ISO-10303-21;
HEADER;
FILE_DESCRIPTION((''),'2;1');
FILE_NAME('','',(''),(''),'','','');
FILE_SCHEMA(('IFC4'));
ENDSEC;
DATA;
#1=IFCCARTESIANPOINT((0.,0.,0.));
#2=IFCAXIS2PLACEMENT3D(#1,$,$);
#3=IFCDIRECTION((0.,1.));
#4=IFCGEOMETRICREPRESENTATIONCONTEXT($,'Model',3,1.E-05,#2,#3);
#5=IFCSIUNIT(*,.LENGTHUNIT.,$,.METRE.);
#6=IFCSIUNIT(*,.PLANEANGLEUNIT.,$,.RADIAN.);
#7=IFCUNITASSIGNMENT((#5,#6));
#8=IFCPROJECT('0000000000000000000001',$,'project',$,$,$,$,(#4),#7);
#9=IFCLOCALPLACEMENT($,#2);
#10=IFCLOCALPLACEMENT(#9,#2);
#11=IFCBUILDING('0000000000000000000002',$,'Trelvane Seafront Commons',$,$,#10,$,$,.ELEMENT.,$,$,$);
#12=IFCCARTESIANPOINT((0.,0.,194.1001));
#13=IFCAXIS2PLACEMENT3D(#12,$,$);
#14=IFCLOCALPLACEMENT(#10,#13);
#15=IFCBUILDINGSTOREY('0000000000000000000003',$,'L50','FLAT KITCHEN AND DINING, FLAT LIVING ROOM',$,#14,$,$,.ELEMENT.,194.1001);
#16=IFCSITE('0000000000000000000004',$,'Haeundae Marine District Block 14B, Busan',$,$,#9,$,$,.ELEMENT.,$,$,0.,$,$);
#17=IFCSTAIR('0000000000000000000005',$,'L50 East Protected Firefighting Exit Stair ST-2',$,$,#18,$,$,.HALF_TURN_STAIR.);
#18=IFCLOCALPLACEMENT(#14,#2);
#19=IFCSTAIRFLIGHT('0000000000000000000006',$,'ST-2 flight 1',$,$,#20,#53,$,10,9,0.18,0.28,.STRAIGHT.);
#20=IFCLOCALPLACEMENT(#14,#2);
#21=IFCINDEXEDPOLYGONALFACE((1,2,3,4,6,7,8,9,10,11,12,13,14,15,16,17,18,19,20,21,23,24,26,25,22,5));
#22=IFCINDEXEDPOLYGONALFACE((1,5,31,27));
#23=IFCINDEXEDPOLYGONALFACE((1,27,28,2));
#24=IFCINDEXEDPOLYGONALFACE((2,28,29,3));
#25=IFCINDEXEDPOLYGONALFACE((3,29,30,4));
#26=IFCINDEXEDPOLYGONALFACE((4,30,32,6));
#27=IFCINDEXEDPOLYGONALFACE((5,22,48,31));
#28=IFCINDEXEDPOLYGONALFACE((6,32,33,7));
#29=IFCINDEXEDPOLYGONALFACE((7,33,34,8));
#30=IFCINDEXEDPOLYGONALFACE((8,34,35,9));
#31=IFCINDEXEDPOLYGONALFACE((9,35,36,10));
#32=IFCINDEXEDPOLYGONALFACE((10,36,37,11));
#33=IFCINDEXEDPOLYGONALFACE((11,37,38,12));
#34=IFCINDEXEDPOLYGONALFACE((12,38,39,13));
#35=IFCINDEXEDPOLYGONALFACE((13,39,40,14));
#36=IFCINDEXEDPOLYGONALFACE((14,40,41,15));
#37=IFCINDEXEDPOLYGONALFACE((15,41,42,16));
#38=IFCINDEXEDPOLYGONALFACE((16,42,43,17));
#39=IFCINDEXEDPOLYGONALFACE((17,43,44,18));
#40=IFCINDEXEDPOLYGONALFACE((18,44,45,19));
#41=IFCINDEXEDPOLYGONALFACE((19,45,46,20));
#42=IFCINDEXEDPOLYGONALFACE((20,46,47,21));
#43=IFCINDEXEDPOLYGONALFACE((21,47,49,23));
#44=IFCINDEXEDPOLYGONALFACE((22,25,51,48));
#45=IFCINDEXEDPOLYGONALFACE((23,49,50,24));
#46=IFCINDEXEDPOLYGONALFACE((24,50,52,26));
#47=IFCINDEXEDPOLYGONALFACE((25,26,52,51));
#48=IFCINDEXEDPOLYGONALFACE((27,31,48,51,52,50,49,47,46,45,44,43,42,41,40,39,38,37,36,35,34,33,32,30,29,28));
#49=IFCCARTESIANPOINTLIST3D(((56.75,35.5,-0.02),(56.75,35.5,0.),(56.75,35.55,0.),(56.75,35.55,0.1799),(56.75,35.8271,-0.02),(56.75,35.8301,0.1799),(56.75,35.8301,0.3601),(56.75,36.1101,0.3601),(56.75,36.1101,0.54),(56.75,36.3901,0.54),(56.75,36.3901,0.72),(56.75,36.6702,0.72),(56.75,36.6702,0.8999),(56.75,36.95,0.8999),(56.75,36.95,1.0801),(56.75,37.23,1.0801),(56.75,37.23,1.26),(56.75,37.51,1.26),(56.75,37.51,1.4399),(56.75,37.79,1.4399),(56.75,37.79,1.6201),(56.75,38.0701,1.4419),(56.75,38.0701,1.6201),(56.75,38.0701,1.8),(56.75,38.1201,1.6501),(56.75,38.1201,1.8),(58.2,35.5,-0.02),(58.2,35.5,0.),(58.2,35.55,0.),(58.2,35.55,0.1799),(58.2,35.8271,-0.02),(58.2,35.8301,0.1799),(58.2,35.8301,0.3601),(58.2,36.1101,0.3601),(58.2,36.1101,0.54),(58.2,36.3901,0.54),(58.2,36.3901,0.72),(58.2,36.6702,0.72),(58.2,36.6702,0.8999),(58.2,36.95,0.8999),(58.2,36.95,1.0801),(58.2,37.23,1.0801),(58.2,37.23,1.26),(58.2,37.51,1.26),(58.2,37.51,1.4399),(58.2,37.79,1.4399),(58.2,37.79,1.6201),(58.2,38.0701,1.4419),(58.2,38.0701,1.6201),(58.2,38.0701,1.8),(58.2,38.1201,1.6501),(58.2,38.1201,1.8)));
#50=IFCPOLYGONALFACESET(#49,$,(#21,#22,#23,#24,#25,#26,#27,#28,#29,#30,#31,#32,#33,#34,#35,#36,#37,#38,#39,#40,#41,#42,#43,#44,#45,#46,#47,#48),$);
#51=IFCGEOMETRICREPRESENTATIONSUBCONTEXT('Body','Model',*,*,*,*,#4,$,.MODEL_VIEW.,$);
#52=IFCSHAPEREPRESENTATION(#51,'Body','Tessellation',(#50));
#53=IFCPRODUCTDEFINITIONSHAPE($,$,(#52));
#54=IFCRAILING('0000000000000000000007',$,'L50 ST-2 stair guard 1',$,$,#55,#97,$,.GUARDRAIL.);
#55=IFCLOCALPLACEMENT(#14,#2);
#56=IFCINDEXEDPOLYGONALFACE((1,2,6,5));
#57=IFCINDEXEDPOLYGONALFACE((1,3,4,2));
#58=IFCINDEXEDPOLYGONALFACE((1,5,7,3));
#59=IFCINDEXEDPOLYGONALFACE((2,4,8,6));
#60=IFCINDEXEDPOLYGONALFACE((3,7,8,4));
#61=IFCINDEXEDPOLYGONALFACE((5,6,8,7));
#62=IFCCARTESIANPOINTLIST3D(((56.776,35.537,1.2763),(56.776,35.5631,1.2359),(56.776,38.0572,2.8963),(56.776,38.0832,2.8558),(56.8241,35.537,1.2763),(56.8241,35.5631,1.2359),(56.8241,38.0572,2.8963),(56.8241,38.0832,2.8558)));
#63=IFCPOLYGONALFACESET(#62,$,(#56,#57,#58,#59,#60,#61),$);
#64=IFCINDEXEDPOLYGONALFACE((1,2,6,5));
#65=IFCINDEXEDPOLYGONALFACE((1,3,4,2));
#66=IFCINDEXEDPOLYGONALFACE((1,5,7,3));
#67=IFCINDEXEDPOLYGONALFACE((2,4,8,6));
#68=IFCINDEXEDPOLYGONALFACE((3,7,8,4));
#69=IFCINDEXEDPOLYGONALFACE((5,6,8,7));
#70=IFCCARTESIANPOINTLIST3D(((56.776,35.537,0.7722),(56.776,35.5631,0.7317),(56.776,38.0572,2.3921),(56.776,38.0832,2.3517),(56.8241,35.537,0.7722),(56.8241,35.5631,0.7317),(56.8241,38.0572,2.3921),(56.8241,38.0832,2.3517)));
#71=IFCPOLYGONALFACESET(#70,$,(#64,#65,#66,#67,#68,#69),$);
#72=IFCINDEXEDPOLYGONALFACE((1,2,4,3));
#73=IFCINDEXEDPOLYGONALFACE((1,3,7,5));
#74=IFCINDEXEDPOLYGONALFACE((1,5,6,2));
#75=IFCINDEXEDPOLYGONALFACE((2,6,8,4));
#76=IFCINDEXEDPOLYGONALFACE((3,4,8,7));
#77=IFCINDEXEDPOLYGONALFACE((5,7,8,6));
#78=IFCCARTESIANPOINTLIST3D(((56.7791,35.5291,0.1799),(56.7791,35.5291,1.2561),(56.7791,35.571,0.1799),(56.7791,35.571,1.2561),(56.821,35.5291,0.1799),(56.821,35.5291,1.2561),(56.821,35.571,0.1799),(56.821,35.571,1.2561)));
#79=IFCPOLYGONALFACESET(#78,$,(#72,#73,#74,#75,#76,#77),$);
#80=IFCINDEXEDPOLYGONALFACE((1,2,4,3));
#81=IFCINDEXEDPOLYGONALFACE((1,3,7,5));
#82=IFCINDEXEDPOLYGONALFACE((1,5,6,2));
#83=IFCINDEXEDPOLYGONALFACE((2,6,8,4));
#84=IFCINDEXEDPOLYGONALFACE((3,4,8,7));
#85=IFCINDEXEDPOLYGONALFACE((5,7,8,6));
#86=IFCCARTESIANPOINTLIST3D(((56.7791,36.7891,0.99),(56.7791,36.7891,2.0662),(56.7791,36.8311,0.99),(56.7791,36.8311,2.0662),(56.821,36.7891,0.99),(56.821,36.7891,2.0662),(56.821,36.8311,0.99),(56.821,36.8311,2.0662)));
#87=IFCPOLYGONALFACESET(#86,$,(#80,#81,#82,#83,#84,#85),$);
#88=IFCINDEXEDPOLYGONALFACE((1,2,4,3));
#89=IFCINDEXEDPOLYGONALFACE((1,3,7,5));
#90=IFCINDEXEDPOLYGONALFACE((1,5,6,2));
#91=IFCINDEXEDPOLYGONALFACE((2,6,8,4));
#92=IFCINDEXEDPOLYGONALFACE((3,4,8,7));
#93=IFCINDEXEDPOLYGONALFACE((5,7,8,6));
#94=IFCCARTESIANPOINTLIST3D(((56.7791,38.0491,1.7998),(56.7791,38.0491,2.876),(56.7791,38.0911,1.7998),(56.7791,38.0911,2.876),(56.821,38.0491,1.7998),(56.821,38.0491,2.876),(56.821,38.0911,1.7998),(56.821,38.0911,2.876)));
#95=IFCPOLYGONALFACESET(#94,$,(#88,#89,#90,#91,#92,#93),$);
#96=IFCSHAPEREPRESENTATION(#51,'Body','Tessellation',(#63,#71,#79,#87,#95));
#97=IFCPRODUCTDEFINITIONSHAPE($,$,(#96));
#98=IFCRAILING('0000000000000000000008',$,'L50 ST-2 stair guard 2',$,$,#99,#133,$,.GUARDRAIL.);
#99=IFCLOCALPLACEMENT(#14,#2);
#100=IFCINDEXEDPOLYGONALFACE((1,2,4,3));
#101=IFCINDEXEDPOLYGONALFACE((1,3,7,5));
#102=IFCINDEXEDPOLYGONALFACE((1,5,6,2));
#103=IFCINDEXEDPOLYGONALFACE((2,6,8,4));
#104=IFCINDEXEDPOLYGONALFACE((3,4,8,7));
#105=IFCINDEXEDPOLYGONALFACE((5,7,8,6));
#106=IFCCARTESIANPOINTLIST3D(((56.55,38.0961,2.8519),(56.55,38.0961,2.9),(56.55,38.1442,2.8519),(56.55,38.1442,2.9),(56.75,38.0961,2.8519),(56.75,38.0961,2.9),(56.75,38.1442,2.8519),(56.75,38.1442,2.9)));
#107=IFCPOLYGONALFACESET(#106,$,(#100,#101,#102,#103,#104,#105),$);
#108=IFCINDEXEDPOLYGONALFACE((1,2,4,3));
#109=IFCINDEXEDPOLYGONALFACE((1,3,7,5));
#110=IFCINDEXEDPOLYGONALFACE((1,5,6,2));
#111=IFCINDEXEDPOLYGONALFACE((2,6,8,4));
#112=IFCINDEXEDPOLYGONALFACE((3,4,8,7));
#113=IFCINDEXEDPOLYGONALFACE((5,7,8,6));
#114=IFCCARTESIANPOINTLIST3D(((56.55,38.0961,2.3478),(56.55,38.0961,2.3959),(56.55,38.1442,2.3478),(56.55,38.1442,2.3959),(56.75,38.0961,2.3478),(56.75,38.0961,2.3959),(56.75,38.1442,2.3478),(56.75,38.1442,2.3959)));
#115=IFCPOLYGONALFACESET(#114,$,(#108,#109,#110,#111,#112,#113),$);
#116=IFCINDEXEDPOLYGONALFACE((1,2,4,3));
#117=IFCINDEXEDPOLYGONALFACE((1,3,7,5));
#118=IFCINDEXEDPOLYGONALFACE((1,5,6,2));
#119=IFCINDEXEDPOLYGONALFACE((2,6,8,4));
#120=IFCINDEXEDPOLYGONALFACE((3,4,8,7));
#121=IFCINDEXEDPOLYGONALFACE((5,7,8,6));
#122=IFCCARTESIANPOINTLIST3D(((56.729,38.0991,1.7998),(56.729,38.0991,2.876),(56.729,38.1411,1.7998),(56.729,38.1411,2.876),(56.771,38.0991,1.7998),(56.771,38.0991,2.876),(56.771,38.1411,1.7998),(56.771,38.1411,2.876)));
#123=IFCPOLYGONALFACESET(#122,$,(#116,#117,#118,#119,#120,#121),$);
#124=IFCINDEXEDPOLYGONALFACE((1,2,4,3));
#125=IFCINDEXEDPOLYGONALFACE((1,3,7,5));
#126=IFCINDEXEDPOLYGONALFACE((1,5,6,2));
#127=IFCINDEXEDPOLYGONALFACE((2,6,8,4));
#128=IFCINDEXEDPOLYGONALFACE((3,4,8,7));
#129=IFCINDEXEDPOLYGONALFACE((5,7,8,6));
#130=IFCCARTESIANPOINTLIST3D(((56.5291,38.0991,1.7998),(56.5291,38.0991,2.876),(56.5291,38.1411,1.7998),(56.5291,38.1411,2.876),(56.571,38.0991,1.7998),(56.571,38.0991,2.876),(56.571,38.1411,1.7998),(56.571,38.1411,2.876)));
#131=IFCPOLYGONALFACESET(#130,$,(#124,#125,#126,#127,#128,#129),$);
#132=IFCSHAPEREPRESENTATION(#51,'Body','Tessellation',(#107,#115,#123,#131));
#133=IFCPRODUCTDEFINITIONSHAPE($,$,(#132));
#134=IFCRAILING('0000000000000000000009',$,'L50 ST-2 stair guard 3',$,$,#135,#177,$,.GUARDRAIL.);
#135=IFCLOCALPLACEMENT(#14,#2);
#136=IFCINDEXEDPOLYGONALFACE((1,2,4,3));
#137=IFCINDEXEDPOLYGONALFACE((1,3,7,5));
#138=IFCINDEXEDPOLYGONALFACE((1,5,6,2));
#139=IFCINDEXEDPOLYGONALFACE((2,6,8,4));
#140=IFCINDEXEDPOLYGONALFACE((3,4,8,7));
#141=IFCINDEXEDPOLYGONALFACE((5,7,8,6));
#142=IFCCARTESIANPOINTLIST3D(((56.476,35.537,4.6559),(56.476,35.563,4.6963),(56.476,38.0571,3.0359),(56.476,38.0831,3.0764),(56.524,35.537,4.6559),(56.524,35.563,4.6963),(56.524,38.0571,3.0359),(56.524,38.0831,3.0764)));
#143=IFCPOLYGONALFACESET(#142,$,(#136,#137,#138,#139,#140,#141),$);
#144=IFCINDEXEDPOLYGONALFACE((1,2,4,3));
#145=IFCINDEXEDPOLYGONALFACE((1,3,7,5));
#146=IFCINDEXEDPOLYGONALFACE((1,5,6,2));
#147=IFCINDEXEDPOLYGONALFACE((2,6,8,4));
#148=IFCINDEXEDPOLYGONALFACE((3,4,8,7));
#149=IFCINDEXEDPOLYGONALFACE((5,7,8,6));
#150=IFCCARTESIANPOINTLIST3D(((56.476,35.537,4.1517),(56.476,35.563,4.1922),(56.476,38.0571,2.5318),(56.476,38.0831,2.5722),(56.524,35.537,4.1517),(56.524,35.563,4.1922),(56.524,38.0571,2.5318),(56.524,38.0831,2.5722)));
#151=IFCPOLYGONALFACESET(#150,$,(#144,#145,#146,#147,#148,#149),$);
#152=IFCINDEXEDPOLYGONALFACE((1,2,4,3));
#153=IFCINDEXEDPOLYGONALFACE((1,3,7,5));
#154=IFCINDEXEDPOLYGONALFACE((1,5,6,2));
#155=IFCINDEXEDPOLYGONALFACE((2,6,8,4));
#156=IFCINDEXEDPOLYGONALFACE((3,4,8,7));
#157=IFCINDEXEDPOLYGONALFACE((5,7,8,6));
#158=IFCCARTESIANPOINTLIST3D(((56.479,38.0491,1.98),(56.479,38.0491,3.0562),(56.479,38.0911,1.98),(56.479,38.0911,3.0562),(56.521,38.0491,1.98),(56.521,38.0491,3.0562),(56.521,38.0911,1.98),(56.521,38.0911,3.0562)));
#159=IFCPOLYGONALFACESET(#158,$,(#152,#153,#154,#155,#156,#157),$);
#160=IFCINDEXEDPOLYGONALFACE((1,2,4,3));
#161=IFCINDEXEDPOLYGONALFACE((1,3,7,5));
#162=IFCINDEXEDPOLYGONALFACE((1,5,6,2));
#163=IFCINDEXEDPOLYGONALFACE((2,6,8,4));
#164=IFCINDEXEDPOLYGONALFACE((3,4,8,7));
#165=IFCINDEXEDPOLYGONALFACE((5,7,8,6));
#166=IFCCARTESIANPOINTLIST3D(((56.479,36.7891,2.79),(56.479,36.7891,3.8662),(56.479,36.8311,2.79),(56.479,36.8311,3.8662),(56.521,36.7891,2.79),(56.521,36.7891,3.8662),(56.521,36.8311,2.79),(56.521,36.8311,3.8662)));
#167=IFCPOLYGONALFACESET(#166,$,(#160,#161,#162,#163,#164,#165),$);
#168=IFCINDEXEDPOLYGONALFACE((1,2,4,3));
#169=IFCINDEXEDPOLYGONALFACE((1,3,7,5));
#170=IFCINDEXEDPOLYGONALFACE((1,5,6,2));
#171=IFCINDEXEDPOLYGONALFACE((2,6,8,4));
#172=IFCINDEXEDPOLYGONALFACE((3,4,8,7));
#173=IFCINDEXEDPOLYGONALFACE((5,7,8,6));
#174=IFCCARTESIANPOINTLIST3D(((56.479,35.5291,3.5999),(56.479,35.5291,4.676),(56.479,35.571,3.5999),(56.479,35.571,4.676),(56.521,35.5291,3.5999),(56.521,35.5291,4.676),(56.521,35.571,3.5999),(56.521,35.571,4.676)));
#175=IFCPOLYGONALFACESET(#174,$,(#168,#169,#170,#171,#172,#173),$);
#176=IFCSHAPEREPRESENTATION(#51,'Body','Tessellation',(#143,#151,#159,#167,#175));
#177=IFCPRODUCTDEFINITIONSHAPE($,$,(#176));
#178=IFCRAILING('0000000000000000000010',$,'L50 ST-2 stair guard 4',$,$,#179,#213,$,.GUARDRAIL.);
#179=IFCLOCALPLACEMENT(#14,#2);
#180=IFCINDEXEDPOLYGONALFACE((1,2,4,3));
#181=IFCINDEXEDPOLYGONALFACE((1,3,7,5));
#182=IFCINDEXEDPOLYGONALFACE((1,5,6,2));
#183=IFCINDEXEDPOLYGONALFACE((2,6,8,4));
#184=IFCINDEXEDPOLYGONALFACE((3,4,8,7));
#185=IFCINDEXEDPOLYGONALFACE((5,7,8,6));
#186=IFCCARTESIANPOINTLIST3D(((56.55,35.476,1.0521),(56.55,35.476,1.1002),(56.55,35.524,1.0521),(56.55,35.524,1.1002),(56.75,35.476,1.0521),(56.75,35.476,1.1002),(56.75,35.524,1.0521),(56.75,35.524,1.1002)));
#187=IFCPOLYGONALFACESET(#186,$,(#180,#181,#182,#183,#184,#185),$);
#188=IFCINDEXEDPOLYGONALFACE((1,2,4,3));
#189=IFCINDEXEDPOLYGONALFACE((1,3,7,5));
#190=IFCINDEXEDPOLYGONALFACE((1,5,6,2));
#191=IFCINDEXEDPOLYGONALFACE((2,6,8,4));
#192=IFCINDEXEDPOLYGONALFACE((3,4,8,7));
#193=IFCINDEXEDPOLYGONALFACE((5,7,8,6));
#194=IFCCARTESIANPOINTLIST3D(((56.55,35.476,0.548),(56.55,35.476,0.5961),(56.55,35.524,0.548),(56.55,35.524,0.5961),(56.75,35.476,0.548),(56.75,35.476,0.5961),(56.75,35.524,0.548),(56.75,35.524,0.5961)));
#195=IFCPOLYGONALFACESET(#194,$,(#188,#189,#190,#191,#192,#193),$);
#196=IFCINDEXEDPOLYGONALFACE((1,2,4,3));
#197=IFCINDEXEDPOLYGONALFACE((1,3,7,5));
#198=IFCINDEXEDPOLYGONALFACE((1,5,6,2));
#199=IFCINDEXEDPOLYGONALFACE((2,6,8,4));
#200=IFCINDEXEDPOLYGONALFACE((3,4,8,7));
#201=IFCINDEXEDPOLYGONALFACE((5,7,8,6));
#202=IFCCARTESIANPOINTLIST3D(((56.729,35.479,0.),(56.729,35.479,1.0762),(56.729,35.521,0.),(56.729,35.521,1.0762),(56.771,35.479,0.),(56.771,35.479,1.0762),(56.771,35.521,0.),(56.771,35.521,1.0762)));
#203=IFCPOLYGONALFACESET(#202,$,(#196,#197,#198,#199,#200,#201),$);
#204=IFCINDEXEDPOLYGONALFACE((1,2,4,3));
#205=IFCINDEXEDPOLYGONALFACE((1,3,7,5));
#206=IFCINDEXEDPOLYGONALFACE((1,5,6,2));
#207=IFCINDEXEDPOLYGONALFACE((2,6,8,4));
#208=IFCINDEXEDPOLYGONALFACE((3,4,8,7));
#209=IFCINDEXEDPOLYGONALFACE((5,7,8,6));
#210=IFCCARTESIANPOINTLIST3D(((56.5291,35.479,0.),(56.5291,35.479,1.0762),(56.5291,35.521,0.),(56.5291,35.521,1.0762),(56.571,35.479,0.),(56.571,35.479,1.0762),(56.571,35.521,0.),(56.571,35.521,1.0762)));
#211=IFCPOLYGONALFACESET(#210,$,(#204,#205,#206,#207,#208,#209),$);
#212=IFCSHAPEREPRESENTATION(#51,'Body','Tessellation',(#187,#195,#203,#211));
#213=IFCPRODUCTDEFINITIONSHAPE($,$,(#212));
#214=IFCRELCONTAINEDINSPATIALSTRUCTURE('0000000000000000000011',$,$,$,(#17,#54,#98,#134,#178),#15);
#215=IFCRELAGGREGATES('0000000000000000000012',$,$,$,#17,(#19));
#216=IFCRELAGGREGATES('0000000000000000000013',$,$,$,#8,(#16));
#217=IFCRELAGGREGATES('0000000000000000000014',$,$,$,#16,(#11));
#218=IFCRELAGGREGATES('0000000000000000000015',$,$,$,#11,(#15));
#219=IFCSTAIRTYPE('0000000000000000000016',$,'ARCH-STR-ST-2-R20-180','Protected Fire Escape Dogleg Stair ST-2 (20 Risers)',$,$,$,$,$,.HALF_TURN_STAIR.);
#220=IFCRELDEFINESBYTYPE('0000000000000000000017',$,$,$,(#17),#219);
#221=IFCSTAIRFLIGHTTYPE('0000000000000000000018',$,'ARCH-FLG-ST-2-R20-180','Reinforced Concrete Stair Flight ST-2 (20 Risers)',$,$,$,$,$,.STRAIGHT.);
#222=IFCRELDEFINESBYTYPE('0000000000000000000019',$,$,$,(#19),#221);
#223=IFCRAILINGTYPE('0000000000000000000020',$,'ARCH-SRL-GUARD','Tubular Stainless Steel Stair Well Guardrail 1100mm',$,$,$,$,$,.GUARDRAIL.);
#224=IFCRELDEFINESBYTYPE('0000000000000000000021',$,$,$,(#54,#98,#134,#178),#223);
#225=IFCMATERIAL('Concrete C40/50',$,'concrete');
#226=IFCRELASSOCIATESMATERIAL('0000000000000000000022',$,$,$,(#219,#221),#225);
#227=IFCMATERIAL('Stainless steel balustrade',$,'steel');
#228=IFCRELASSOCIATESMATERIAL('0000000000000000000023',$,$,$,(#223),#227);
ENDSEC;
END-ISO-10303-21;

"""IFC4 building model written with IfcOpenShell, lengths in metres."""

from ifc_helpers import new_model, si_unit, direction, frame, origin, origin_2d, place, context, subcontext, project, spatial, polyline, rectangle, outline, extrude, source, transform, mapped, material, type_object, element, aggregate, save


model = new_model("IFC4")

# Units and contexts
model_context = context("Model", 3, precision=1e-05, world=origin(), true_north=direction((0.0, 1.0)))
body_context = subcontext(model_context, "Body", "Model", "MODEL_VIEW")
ifc_project = project(units=[si_unit("LENGTHUNIT", "METRE"), si_unit("PLANEANGLEUNIT", "RADIAN")], contexts=[model_context])

# Site, building, storey
site_placement = place(None, origin())
site = spatial("IfcSite", under=ifc_project, at=site_placement, Name="Haeundae Marine District Block 14B, Busan", CompositionType="ELEMENT", RefElevation=0.0)
building_placement = place(site_placement, origin())
building = spatial("IfcBuilding", under=site, at=building_placement, Name="Trelvane Seafront Commons", CompositionType="ELEMENT")
storey_placement = place(building_placement, frame((0.0, 0.0, 194.1001)))
storey = spatial("IfcBuildingStorey", under=building, at=storey_placement, Name="L50", Description="FLAT KITCHEN AND DINING, FLAT LIVING ROOM", CompositionType="ELEMENT", Elevation=194.1001)

# Stair, stair flight
ifc_material_1 = material(Name="Concrete C40/50", Category="concrete")
stair_type = type_object("IfcStairType", Name="ARCH-STR-ST-2-R20-180", Description="Protected Fire Escape Dogleg Stair ST-2 (20 Risers)", PredefinedType="HALF_TURN_STAIR", material=ifc_material_1)
stair_placement = place(storey_placement, origin())
stair = element("IfcStair", 1, at=stair_placement, inside=storey, type_object=stair_type, Name="L50 East Protected Firefighting Exit Stair ST-2", PredefinedType="HALF_TURN_STAIR")
stair_flight_type = type_object("IfcStairFlightType", Name="ARCH-FLG-ST-2-R20-180", Description="Reinforced Concrete Stair Flight ST-2 (20 Risers)", PredefinedType="STRAIGHT", material=ifc_material_1)
shared_shape_1 = source(origin(), body_context, "Body", "SweptSolid", [
    extrude(outline(polyline([(-0.05, -0.02), (-0.05, 0.0), (0.0, 0.0), (0.0, 0.1799), (0.28, 0.1799), (0.28, 0.3601), (0.5601, 0.3601), (0.5601, 0.54), (0.8401, 0.54), (0.8401, 0.72), (1.1201, 0.72), (1.1201, 0.8999), (1.3999, 0.8999), (1.3999, 1.0801), (1.6799, 1.0801), (1.6799, 1.26), (1.96, 1.26), (1.96, 1.4399), (2.24, 1.4399), (2.24, 1.6201), (2.52, 1.6201), (2.52, 1.8), (2.5701, 1.8), (2.5701, 1.6501), (2.52, 1.4419), (0.2771, -0.02), (-0.05, -0.02)])), frame((0.0, 0.7251, 0.0), z_axis=(0.0, -1.0, 0.0), x_axis=(1.0, 0.0, 0.0)), (0.0, 0.0, 1.0), 1.45),
])
stair_flight_placement = place(storey_placement, frame((57.4751, 35.55, 0.0), z_axis=(0.0, 0.0, 1.0), x_axis=(0.0, 1.0, 0.0)))
stair_flight = element("IfcStairFlight", 2, at=stair_flight_placement, type_object=stair_flight_type, Name="ST-2 flight 1", NumberOfRisers=10, NumberOfTreads=9, PredefinedType="STRAIGHT", RiserHeight=0.18, TreadLength=0.28, context=body_context, shape_type="MappedRepresentation", body=[
    mapped(shared_shape_1, transform((0.0, 0.0, 0.0), x_axis=(1.0, 0.0, 0.0), y_axis=(0.0, 1.0, 0.0), z_axis=(0.0, 0.0, 1.0), scale=1.0)),
])
aggregate(stair, [stair_flight])

# Railings
ifc_material_2 = material(Name="Stainless steel balustrade", Category="steel")
railing_type_1 = type_object("IfcRailingType", Name="ARCH-SRL-GUARD", Description="Tubular Stainless Steel Stair Well Guardrail 1100mm", PredefinedType="GUARDRAIL", material=ifc_material_2)
railing_1_placement = place(storey_placement, frame((56.8, 35.55, 0.1799)))
element("IfcRailing", 3, at=railing_1_placement, inside=storey, type_object=railing_type_1, Name="L50 ST-2 stair guard 1", PredefinedType="GUARDRAIL", context=body_context, shape_type="SweptSolid", body=[
    extrude(rectangle(XDim=0.0481, YDim=0.0481, at=origin_2d()), frame((0.0, 0.0, 1.0762), z_axis=(0.0, 0.8412, 0.540725), x_axis=(-1.0, 0.0, 0.0)), (0.0, 0.0, 1.0), 2.9958),
    extrude(rectangle(XDim=0.0481, YDim=0.0481, at=origin_2d()), frame((0.0, 0.0, 0.572), z_axis=(0.0, 0.8412, 0.540725), x_axis=(-1.0, 0.0, 0.0)), (0.0, 0.0, 1.0), 2.9958),
    extrude(rectangle(XDim=0.042, YDim=0.042, at=origin_2d()), origin(), (0.0, 0.0, 1.0), 1.0762),
    extrude(rectangle(XDim=0.042, YDim=0.042, at=origin_2d()), frame((0.0, 1.26, 0.8101)), (0.0, 0.0, 1.0), 1.0762),
    extrude(rectangle(XDim=0.042, YDim=0.042, at=origin_2d()), frame((0.0, 2.52, 1.6199)), (0.0, 0.0, 1.0), 1.0762),
])
railing_2_placement = place(storey_placement, frame((56.75, 38.1201, 1.7998)))
element("IfcRailing", 4, at=railing_2_placement, inside=storey, type_object=railing_type_1, Name="L50 ST-2 stair guard 2", PredefinedType="GUARDRAIL", context=body_context, shape_type="SweptSolid", body=[
    extrude(rectangle(XDim=0.0481, YDim=0.0481, at=origin_2d()), frame((0.0, 0.0, 1.0762), z_axis=(-1.0, 0.0, 0.0), x_axis=(0.0, -1.0, 0.0)), (0.0, 0.0, 1.0), 0.2),
    extrude(rectangle(XDim=0.0481, YDim=0.0481, at=origin_2d()), frame((0.0, 0.0, 0.572), z_axis=(-1.0, 0.0, 0.0), x_axis=(0.0, -1.0, 0.0)), (0.0, 0.0, 1.0), 0.2),
    extrude(rectangle(XDim=0.042, YDim=0.042, at=origin_2d()), origin(), (0.0, 0.0, 1.0), 1.0762),
    extrude(rectangle(XDim=0.042, YDim=0.042, at=origin_2d()), frame((-0.2, 0.0, 0.0)), (0.0, 0.0, 1.0), 1.0762),
])
railing_3_placement = place(storey_placement, frame((56.5, 38.0701, 1.98)))
element("IfcRailing", 5, at=railing_3_placement, inside=storey, type_object=railing_type_1, Name="L50 ST-2 stair guard 3", PredefinedType="GUARDRAIL", context=body_context, shape_type="SweptSolid", body=[
    extrude(rectangle(XDim=0.0481, YDim=0.0481, at=origin_2d()), frame((0.0, 0.0, 1.0762), z_axis=(0.0, -0.8412, 0.540725), x_axis=(1.0, 0.0, 0.0)), (0.0, 0.0, 1.0), 2.9958),
    extrude(rectangle(XDim=0.0481, YDim=0.0481, at=origin_2d()), frame((0.0, 0.0, 0.572), z_axis=(0.0, -0.8412, 0.540725), x_axis=(1.0, 0.0, 0.0)), (0.0, 0.0, 1.0), 2.9958),
    extrude(rectangle(XDim=0.042, YDim=0.042, at=origin_2d()), origin(), (0.0, 0.0, 1.0), 1.0762),
    extrude(rectangle(XDim=0.042, YDim=0.042, at=origin_2d()), frame((0.0, -1.26, 0.8101)), (0.0, 0.0, 1.0), 1.0762),
    extrude(rectangle(XDim=0.042, YDim=0.042, at=origin_2d()), frame((0.0, -2.52, 1.6199)), (0.0, 0.0, 1.0), 1.0762),
])
railing_4_placement = place(storey_placement, frame((56.75, 35.5, 0.0)))
element("IfcRailing", 6, at=railing_4_placement, inside=storey, type_object=railing_type_1, Name="L50 ST-2 stair guard 4", PredefinedType="GUARDRAIL", context=body_context, shape_type="SweptSolid", body=[
    extrude(rectangle(XDim=0.0481, YDim=0.0481, at=origin_2d()), frame((0.0, 0.0, 1.0762), z_axis=(-1.0, 0.0, 0.0), x_axis=(0.0, -1.0, 0.0)), (0.0, 0.0, 1.0), 0.2),
    extrude(rectangle(XDim=0.0481, YDim=0.0481, at=origin_2d()), frame((0.0, 0.0, 0.572), z_axis=(-1.0, 0.0, 0.0), x_axis=(0.0, -1.0, 0.0)), (0.0, 0.0, 1.0), 0.2),
    extrude(rectangle(XDim=0.042, YDim=0.042, at=origin_2d()), origin(), (0.0, 0.0, 1.0), 1.0762),
    extrude(rectangle(XDim=0.042, YDim=0.042, at=origin_2d()), frame((-0.2, 0.0, 0.0)), (0.0, 0.0, 1.0), 1.0762),
])

save(model, "model.ifc")
